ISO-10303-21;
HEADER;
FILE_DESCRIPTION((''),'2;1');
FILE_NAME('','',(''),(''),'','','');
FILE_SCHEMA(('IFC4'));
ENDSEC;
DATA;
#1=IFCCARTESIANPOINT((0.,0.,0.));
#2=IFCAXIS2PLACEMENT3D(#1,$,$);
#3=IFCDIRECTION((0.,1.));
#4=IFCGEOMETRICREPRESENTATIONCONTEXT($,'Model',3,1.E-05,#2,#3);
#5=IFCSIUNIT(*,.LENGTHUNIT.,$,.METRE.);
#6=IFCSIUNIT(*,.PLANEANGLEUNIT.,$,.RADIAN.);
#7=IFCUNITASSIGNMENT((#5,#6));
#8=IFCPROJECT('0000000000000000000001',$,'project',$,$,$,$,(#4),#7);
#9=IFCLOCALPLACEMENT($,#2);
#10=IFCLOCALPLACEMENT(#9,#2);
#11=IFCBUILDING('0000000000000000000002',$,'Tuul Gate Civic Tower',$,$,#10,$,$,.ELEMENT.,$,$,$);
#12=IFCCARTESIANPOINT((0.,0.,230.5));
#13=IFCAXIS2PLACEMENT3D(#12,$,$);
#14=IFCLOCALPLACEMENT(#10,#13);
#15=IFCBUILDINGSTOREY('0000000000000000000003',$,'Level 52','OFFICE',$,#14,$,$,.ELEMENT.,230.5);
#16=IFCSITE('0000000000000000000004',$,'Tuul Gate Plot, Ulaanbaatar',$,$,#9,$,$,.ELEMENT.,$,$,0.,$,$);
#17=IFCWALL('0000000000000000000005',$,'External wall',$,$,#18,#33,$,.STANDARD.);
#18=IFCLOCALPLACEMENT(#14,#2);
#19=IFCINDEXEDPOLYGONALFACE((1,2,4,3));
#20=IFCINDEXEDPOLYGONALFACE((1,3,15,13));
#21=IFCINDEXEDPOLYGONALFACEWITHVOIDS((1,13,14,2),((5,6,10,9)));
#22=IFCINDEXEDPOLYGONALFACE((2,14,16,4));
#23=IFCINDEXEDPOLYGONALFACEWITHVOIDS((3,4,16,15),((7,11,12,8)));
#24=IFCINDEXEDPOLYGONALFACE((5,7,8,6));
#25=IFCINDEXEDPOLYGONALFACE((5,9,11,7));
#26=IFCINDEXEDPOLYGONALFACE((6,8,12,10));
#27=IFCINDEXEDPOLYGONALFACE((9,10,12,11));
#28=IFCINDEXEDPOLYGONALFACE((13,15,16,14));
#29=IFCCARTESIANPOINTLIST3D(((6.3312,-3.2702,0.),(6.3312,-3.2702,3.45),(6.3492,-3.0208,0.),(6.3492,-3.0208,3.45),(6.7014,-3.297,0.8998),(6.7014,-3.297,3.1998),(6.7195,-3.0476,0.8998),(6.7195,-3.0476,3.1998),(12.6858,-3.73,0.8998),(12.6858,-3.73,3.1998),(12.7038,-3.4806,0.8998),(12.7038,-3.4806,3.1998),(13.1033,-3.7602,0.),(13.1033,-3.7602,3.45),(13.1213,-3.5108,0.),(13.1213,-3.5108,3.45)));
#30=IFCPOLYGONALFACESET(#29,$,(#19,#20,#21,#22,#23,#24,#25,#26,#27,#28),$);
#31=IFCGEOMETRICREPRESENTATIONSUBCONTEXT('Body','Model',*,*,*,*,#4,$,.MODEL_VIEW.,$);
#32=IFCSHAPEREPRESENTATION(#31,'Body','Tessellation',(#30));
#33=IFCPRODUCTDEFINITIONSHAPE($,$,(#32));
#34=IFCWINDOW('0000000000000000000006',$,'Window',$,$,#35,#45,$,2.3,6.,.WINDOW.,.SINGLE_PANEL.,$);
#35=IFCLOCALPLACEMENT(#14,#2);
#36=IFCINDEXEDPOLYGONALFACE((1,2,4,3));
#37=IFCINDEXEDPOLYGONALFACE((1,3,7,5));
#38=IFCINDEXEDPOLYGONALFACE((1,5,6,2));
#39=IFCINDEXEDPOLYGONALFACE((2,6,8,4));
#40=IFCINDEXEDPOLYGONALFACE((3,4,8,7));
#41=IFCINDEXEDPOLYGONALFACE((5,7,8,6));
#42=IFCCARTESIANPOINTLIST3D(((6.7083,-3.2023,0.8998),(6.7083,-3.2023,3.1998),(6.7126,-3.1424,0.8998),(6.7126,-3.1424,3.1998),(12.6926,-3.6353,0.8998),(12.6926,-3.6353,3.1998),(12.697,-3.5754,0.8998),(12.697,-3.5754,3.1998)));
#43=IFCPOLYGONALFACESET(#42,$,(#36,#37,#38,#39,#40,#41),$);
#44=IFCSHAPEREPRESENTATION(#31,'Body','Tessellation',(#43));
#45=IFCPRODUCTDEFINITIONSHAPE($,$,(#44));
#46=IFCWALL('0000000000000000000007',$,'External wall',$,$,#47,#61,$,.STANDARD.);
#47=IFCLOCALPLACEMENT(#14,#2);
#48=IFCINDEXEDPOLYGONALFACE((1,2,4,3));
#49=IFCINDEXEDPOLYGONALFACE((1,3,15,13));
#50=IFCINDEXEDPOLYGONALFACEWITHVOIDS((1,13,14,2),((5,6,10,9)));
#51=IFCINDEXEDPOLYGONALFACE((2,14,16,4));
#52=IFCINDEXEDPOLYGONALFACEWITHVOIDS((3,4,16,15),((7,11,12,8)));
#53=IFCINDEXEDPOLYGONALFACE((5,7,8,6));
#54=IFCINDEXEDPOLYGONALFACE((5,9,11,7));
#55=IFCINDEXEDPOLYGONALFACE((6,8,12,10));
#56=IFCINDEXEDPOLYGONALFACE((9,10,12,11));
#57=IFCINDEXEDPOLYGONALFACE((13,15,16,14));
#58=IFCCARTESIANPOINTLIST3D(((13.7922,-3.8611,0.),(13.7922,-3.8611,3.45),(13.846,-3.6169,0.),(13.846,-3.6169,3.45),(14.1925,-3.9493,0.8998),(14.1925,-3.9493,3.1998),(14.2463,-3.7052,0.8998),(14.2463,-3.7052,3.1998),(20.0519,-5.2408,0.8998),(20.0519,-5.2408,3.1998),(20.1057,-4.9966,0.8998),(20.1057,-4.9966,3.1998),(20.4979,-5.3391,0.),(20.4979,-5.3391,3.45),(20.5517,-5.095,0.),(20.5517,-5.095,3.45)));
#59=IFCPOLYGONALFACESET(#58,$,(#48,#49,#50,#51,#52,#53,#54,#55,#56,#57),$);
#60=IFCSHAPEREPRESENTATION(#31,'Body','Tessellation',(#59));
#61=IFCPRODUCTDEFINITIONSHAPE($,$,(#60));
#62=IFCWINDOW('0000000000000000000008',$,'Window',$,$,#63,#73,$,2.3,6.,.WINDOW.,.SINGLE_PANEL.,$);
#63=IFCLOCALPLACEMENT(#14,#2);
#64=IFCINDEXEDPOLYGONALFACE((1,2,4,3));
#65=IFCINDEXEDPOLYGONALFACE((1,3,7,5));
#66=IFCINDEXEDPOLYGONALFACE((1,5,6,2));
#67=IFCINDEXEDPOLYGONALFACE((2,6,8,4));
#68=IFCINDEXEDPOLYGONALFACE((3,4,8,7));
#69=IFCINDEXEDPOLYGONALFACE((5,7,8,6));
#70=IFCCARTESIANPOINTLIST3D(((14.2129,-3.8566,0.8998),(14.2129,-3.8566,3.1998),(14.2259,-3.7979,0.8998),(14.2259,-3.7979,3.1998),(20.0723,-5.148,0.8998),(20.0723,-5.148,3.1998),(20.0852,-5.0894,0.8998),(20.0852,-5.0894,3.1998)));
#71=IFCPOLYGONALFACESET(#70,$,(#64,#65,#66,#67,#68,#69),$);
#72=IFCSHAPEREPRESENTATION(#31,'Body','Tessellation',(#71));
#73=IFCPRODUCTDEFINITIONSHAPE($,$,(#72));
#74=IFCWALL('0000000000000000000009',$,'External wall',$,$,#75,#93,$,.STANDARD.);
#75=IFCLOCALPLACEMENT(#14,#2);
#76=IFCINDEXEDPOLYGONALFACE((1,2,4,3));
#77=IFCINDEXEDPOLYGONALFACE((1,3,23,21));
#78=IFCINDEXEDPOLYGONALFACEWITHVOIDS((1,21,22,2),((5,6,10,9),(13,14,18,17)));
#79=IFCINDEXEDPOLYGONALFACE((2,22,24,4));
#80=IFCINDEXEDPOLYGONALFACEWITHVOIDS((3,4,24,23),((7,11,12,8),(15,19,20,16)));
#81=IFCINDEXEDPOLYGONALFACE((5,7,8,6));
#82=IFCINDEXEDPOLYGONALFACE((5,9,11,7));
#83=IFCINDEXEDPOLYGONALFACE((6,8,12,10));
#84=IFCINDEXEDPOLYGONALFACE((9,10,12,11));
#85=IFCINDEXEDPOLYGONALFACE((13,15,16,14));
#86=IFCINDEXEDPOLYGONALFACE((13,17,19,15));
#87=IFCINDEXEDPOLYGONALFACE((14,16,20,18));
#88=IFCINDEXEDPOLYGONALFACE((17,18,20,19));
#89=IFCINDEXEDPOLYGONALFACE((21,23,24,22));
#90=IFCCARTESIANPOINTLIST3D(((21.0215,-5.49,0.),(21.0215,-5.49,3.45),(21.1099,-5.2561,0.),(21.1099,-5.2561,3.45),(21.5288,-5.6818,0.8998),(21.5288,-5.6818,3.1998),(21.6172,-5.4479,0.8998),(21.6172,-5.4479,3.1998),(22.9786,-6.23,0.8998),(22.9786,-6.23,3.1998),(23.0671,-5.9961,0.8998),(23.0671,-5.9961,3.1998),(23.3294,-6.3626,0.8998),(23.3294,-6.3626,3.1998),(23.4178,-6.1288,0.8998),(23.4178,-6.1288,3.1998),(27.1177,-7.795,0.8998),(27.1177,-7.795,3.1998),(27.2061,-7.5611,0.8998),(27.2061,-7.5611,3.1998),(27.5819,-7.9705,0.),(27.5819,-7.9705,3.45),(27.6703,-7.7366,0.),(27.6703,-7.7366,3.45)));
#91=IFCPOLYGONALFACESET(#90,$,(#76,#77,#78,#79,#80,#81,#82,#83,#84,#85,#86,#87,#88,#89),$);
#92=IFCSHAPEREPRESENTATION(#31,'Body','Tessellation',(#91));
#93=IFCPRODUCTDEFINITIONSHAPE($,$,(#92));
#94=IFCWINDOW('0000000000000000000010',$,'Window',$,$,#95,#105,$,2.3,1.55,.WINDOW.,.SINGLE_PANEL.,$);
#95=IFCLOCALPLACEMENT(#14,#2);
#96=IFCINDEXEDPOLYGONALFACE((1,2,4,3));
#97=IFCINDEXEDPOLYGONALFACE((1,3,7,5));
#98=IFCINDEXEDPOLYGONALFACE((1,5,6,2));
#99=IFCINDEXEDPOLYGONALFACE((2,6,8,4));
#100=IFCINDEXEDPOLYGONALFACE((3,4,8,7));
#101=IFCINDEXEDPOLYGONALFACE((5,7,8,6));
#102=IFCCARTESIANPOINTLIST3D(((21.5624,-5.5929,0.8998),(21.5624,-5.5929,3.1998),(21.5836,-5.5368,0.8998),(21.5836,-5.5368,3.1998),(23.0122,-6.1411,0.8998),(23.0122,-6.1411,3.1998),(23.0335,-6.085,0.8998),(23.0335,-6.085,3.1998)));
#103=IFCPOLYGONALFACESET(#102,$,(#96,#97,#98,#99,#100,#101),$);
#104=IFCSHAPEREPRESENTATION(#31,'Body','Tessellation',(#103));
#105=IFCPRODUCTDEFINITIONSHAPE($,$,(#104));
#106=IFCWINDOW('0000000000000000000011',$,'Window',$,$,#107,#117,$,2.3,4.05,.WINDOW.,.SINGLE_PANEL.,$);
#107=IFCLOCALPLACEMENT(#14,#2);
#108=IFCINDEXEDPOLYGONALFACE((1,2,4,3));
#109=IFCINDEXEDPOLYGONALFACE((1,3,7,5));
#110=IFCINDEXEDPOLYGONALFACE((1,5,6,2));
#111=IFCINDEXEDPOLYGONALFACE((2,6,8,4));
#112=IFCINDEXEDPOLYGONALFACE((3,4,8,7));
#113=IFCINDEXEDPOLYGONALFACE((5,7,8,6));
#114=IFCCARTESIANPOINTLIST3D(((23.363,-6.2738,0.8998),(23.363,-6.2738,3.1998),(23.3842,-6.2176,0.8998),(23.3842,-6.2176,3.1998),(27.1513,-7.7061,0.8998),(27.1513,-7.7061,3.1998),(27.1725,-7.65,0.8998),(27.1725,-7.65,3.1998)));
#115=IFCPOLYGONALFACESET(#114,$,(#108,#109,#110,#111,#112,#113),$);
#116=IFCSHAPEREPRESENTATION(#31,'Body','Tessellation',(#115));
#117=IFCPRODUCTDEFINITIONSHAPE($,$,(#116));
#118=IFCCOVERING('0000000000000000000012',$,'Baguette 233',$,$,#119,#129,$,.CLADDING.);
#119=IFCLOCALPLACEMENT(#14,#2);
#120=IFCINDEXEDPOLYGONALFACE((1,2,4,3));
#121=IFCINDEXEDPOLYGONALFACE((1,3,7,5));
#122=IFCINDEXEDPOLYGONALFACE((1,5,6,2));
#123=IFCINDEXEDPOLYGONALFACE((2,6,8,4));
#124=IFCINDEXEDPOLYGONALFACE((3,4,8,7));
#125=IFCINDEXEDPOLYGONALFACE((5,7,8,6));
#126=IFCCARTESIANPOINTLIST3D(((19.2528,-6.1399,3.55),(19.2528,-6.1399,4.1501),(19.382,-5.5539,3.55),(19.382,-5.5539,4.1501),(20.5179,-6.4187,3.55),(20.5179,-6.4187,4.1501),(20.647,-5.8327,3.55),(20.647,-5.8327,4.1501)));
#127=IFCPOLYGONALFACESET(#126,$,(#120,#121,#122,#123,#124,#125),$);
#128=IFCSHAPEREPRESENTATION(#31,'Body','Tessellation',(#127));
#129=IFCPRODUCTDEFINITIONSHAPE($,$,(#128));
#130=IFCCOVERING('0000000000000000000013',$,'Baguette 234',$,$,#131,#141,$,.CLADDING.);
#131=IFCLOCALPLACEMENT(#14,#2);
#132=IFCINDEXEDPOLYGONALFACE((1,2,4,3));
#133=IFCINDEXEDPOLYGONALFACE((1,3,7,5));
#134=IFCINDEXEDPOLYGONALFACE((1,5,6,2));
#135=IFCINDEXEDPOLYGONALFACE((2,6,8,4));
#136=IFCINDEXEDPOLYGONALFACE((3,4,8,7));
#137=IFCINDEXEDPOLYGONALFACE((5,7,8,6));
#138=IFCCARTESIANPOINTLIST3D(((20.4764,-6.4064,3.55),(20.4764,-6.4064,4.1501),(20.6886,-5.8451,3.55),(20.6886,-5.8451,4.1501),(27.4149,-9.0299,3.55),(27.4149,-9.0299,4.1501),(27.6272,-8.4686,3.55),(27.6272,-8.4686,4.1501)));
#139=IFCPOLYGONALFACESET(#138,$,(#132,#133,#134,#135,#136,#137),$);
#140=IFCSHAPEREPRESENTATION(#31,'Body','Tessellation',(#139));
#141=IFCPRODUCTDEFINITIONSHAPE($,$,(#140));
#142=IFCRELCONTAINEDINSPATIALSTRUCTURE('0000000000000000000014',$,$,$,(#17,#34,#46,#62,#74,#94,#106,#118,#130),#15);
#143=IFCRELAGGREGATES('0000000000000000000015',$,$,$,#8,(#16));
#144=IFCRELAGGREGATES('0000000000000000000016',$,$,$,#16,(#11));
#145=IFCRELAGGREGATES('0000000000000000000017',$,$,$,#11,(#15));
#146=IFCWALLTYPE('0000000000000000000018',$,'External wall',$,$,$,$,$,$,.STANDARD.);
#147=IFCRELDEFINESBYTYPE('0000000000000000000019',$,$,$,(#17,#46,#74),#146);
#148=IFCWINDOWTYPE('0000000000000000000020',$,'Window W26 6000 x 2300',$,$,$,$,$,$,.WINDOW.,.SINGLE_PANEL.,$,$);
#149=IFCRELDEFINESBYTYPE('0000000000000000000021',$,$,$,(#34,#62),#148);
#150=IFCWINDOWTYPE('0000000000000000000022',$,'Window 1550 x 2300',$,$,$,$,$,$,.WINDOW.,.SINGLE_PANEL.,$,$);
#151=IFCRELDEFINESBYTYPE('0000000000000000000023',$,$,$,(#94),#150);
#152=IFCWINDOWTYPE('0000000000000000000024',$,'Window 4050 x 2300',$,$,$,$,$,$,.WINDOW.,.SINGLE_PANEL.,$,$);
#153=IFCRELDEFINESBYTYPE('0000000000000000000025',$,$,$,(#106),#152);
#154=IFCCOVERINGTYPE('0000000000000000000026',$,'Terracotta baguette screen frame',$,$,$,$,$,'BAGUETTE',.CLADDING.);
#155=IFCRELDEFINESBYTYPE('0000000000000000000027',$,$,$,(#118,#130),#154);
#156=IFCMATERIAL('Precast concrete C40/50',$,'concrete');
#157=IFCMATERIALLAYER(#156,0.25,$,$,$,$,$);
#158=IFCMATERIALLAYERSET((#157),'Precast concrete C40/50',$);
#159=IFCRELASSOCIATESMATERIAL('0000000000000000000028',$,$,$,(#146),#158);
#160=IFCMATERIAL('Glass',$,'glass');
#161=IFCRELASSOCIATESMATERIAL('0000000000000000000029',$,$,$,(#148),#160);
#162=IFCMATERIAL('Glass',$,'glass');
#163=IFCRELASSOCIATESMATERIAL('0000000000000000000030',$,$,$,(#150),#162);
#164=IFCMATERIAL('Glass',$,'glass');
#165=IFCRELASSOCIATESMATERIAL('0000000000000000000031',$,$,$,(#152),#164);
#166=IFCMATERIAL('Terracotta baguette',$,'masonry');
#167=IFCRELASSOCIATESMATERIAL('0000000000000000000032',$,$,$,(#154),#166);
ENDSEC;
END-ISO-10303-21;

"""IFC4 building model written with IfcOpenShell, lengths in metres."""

from ifc_helpers import new_model, si_unit, direction, frame, frame_2d, origin, origin_2d, place, context, subcontext, project, spatial, rectangle, extrude, material, layer, layer_set, material_profile, profile_set, type_object, element, fill, save


model = new_model("IFC4")

# Units and contexts
model_context = context("Model", 3, precision=1e-05, world=origin(), true_north=direction((0.0, 1.0)))
body_context = subcontext(model_context, "Body", "Model", "MODEL_VIEW")
ifc_project = project(units=[si_unit("LENGTHUNIT", "METRE"), si_unit("PLANEANGLEUNIT", "RADIAN")], contexts=[model_context])

# Site, building, storey
site_placement = place(None, origin())
site = spatial("IfcSite", under=ifc_project, at=site_placement, Name="Tuul Gate Plot, Ulaanbaatar", CompositionType="ELEMENT", RefElevation=0.0)
building_placement = place(site_placement, origin())
building = spatial("IfcBuilding", under=site, at=building_placement, Name="Tuul Gate Civic Tower", CompositionType="ELEMENT")
storey_placement = place(building_placement, frame((0.0, 0.0, 230.5)))
storey = spatial("IfcBuildingStorey", under=building, at=storey_placement, Name="Level 52", Description="OFFICE", CompositionType="ELEMENT", Elevation=230.5)

# Walls, openings, windows
ifc_material_1 = material(Name="Precast concrete C40/50", Category="concrete")
ifc_layer_1 = layer(ifc_material_1, 0.25)
ifc_layer_set_1 = layer_set([ifc_layer_1], Name="Precast concrete C40/50")
wall_type_1 = type_object("IfcWallType", Name="External wall", PredefinedType="STANDARD", material=ifc_layer_set_1)
wall_1_placement = place(storey_placement, frame((6.3401, -3.1455, 0.0), z_axis=(0.0, 0.0, 1.0), x_axis=(0.997393, -0.072167, 0.0)))
wall_1 = element("IfcWall", 1, at=wall_1_placement, inside=storey, type_object=wall_type_1, Name="External wall", PredefinedType="STANDARD", context=body_context, shape_type="SweptSolid", body=[
    extrude(rectangle(XDim=6.7898, YDim=0.25, at=frame_2d((3.395, 0.0))), origin(), (0.0, 0.0, 1.0), 3.45),
])
opening_1_placement = place(wall_1_placement, frame((0.3713, 0.0, 0.8999)))
opening_1 = element("IfcOpeningElement", 2, at=opening_1_placement, cuts=wall_1, PredefinedType="OPENING", context=body_context, shape_type="SweptSolid", body=[
    extrude(rectangle(XDim=6.0, YDim=2.3, at=frame_2d((3.0, 1.1499))), frame((0.0, 0.135, 0.0), z_axis=(0.0, -1.0, 0.0), x_axis=(1.0, 0.0, 0.0)), (0.0, 0.0, 1.0), 0.27),
])
ifc_material_2 = material(Name="Glass", Category="glass")
window_type_1 = type_object("IfcWindowType", Name="Window W26 6000 x 2300", PartitioningType="SINGLE_PANEL", PredefinedType="WINDOW", material=ifc_material_2)
window_1_placement = place(opening_1_placement, origin())
window_1 = element("IfcWindow", 3, at=window_1_placement, inside=storey, type_object=window_type_1, Name="Window", OverallHeight=2.3, OverallWidth=6.0, PartitioningType="SINGLE_PANEL", PredefinedType="WINDOW", context=body_context, shape_type="SweptSolid", body=[
    extrude(rectangle(XDim=6.0, YDim=2.3, at=frame_2d((3.0, 1.1499))), frame((0.0, 0.03, 0.0), z_axis=(0.0, -1.0, 0.0), x_axis=(1.0, 0.0, 0.0)), (0.0, 0.0, 1.0), 0.0601),
])
fill(opening_1, window_1)
wall_2_placement = place(storey_placement, frame((13.8191, -3.739, 0.0), z_axis=(0.0, 0.0, 1.0), x_axis=(0.97656, -0.215244, 0.0)))
wall_2 = element("IfcWall", 4, at=wall_2_placement, inside=storey, type_object=wall_type_1, Name="External wall", PredefinedType="STANDARD", context=body_context, shape_type="SweptSolid", body=[
    extrude(rectangle(XDim=6.8667, YDim=0.25, at=frame_2d((3.4333, 0.0))), origin(), (0.0, 0.0, 1.0), 3.45),
])
opening_2_placement = place(wall_2_placement, frame((0.4099, 0.0, 0.8999)))
opening_2 = element("IfcOpeningElement", 5, at=opening_2_placement, cuts=wall_2, PredefinedType="OPENING", context=body_context, shape_type="SweptSolid", body=[
    extrude(rectangle(XDim=6.0, YDim=2.3, at=frame_2d((3.0, 1.1499))), frame((0.0, 0.135, 0.0), z_axis=(0.0, -1.0, 0.0), x_axis=(1.0, 0.0, 0.0)), (0.0, 0.0, 1.0), 0.27),
])
window_2_placement = place(opening_2_placement, origin())
window_2 = element("IfcWindow", 6, at=window_2_placement, inside=storey, type_object=window_type_1, Name="Window", OverallHeight=2.3, OverallWidth=6.0, PartitioningType="SINGLE_PANEL", PredefinedType="WINDOW", context=body_context, shape_type="SweptSolid", body=[
    extrude(rectangle(XDim=6.0, YDim=2.3, at=frame_2d((3.0, 1.1499))), frame((0.0, 0.03, 0.0), z_axis=(0.0, -1.0, 0.0), x_axis=(1.0, 0.0, 0.0)), (0.0, 0.0, 1.0), 0.0601),
])
fill(opening_2, window_2)

# Wall, openings, windows
wall_3_placement = place(storey_placement, frame((21.0657, -5.373, 0.0), z_axis=(0.0, 0.0, 1.0), x_axis=(0.935372, -0.353667, 0.0)))
wall_3 = element("IfcWall", 7, at=wall_3_placement, inside=storey, type_object=wall_type_1, Name="External wall", PredefinedType="STANDARD", context=body_context, shape_type="SweptSolid", body=[
    extrude(rectangle(XDim=7.0137, YDim=0.25, at=frame_2d((3.5068, 0.0))), origin(), (0.0, 0.0, 1.0), 3.45),
])
opening_3_placement = place(wall_3_placement, frame((0.5425, 0.0, 0.8999)))
opening_3 = element("IfcOpeningElement", 8, at=opening_3_placement, cuts=wall_3, PredefinedType="OPENING", context=body_context, shape_type="SweptSolid", body=[
    extrude(rectangle(XDim=1.55, YDim=2.3, at=frame_2d((0.7749, 1.1499))), frame((0.0, 0.135, 0.0), z_axis=(0.0, -1.0, 0.0), x_axis=(1.0, 0.0, 0.0)), (0.0, 0.0, 1.0), 0.27),
])
opening_4_placement = place(wall_3_placement, frame((2.4675, 0.0, 0.8999)))
opening_4 = element("IfcOpeningElement", 9, at=opening_4_placement, cuts=wall_3, PredefinedType="OPENING", context=body_context, shape_type="SweptSolid", body=[
    extrude(rectangle(XDim=4.05, YDim=2.3, at=frame_2d((2.0249, 1.1499))), frame((0.0, 0.135, 0.0), z_axis=(0.0, -1.0, 0.0), x_axis=(1.0, 0.0, 0.0)), (0.0, 0.0, 1.0), 0.27),
])
ifc_material_3 = material(Name="Glass", Category="glass")
window_type_2 = type_object("IfcWindowType", Name="Window 1550 x 2300", PartitioningType="SINGLE_PANEL", PredefinedType="WINDOW", material=ifc_material_3)
window_3_placement = place(opening_3_placement, origin())
window_3 = element("IfcWindow", 10, at=window_3_placement, inside=storey, type_object=window_type_2, Name="Window", OverallHeight=2.3, OverallWidth=1.55, PartitioningType="SINGLE_PANEL", PredefinedType="WINDOW", context=body_context, shape_type="SweptSolid", body=[
    extrude(rectangle(XDim=1.55, YDim=2.3, at=frame_2d((0.7749, 1.1499))), frame((0.0, 0.03, 0.0), z_axis=(0.0, -1.0, 0.0), x_axis=(1.0, 0.0, 0.0)), (0.0, 0.0, 1.0), 0.0601),
])
fill(opening_3, window_3)
ifc_material_4 = material(Name="Glass", Category="glass")
window_type_3 = type_object("IfcWindowType", Name="Window 4050 x 2300", PartitioningType="SINGLE_PANEL", PredefinedType="WINDOW", material=ifc_material_4)
window_4_placement = place(opening_4_placement, origin())
window_4 = element("IfcWindow", 11, at=window_4_placement, inside=storey, type_object=window_type_3, Name="Window", OverallHeight=2.3, OverallWidth=4.05, PartitioningType="SINGLE_PANEL", PredefinedType="WINDOW", context=body_context, shape_type="SweptSolid", body=[
    extrude(rectangle(XDim=4.05, YDim=2.3, at=frame_2d((2.0249, 1.1499))), frame((0.0, 0.03, 0.0), z_axis=(0.0, -1.0, 0.0), x_axis=(1.0, 0.0, 0.0)), (0.0, 0.0, 1.0), 0.0601),
])
fill(opening_4, window_4)

# Coverings
ifc_material_5 = material(Name="Terracotta baguette", Category="masonry")
ifc_material_profile_1 = material_profile(ifc_material_5, rectangle(XDim=0.6001, YDim=0.6001, at=origin_2d()), Name="Terracotta baguette screen frame")
ifc_profile_set_1 = profile_set([ifc_material_profile_1], Name="Terracotta baguette")
covering_type = type_object("IfcCoveringType", Name="Terracotta baguette screen frame", ElementType="BAGUETTE", PredefinedType="CLADDING", material=ifc_profile_set_1)
covering_1_placement = place(storey_placement, frame((19.3174, -5.8469, 3.8501), z_axis=(0.976567, -0.215214, 0.0), x_axis=(0.215214, 0.976567, 0.0)))
element("IfcCovering", 12, at=covering_1_placement, inside=storey, type_object=covering_type, Name="Baguette 233", PredefinedType="CLADDING", context=body_context, shape_type="SweptSolid", body=[
    extrude(rectangle(XDim=0.6001, YDim=0.6001, at=origin_2d()), origin(), (0.0, 0.0, 1.0), 1.2954),
])
covering_2_placement = place(storey_placement, frame((20.5825, -6.1257, 3.8501), z_axis=(0.935368, -0.353676, 0.0), x_axis=(0.353676, 0.935368, 0.0)))
element("IfcCovering", 13, at=covering_2_placement, inside=storey, type_object=covering_type, Name="Baguette 234", PredefinedType="CLADDING", context=body_context, shape_type="SweptSolid", body=[
    extrude(rectangle(XDim=0.6001, YDim=0.6001, at=origin_2d()), origin(), (0.0, 0.0, 1.0), 7.418),
])

save(model, "model.ifc")
